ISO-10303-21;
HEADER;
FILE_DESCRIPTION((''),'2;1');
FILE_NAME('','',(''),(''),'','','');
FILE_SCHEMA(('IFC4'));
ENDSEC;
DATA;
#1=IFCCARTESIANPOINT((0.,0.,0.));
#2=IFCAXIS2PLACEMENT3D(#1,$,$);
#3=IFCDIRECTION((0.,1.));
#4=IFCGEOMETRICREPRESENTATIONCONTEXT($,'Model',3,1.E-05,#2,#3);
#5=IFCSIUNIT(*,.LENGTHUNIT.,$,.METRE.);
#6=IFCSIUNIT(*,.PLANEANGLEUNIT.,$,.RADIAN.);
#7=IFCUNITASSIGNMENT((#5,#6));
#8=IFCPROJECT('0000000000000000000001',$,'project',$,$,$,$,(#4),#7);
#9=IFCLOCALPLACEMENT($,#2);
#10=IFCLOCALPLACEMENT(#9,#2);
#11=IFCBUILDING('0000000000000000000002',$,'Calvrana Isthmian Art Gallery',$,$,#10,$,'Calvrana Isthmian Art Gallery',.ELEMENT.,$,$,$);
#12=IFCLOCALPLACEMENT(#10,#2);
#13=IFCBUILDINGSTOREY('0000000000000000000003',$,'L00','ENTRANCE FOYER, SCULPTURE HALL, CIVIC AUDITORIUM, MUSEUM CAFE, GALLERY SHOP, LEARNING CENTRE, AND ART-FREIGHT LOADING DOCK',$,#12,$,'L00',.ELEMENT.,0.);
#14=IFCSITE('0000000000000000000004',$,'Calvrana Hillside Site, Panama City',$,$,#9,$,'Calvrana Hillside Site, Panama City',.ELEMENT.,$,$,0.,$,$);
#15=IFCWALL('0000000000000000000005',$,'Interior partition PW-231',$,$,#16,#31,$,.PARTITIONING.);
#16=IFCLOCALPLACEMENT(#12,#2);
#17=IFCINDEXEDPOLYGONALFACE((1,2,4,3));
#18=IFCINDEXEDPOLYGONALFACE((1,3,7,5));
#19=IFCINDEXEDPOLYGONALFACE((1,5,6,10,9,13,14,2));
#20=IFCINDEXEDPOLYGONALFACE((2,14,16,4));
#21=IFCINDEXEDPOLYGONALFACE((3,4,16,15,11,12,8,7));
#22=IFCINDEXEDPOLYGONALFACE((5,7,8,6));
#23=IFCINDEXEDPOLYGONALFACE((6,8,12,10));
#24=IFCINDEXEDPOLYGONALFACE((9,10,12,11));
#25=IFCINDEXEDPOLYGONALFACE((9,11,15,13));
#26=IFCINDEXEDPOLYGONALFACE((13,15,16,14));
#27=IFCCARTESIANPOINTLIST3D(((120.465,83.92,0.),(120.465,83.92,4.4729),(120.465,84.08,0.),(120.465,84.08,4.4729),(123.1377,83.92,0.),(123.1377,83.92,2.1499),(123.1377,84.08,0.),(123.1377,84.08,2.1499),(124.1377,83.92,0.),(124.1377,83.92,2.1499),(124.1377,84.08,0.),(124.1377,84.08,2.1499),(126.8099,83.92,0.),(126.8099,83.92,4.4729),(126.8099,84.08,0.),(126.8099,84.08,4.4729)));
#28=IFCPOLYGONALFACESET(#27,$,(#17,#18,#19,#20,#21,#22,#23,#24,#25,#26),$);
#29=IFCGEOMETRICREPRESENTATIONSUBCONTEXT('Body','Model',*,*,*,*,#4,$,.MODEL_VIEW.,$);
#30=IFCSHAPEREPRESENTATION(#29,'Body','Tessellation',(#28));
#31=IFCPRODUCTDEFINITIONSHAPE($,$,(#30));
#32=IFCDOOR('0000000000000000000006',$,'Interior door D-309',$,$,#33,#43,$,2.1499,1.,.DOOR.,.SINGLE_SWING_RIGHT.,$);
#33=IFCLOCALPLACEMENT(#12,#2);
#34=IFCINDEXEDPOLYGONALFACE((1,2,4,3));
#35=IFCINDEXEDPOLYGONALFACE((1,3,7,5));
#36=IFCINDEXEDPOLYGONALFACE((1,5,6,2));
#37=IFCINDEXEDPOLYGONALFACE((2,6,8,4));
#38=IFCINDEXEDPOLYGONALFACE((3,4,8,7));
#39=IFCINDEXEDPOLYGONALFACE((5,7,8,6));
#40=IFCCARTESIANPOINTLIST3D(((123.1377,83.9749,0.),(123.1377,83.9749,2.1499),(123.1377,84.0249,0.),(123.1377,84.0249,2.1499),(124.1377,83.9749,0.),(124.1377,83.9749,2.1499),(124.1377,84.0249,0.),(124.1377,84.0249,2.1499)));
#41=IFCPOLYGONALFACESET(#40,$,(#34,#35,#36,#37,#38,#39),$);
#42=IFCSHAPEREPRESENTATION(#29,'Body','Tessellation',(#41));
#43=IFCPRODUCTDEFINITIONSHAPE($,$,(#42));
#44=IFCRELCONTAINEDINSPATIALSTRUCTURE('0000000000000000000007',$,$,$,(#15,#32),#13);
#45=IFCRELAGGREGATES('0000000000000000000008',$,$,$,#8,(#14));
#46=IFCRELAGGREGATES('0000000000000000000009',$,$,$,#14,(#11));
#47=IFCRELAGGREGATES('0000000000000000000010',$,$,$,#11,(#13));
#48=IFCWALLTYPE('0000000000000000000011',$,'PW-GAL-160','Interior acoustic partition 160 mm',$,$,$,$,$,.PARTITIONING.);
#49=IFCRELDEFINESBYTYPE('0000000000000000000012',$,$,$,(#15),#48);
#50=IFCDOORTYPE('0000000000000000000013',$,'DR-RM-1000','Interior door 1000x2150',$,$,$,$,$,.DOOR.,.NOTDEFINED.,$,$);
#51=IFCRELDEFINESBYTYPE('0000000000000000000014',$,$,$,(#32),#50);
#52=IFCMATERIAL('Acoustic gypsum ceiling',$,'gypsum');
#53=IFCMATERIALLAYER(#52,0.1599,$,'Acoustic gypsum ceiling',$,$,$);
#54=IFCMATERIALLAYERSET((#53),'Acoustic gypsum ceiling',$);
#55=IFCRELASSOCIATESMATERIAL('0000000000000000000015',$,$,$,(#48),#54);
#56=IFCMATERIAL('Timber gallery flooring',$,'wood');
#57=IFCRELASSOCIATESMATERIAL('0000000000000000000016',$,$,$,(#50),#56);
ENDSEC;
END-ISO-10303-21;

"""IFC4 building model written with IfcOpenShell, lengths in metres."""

from ifc_helpers import new_model, si_unit, direction, frame, frame_2d, origin, place, context, subcontext, project, spatial, rectangle, extrude, material, layer, layer_set, type_object, element, fill, save


model = new_model("IFC4")

# Units and contexts
model_context = context("Model", 3, precision=1e-05, world=origin(), true_north=direction((0.0, 1.0)))
body_context = subcontext(model_context, "Body", "Model", "MODEL_VIEW")
ifc_project = project(units=[si_unit("LENGTHUNIT", "METRE"), si_unit("PLANEANGLEUNIT", "RADIAN")], contexts=[model_context])

# Site, building, storey
site_placement = place(None, origin())
site = spatial("IfcSite", under=ifc_project, at=site_placement, Name="Calvrana Hillside Site, Panama City", LongName="Calvrana Hillside Site, Panama City", CompositionType="ELEMENT", RefElevation=0.0)
building_placement = place(site_placement, origin())
building = spatial("IfcBuilding", under=site, at=building_placement, Name="Calvrana Isthmian Art Gallery", LongName="Calvrana Isthmian Art Gallery", CompositionType="ELEMENT")
storey_placement = place(building_placement, origin())
storey = spatial("IfcBuildingStorey", under=building, at=storey_placement, Name="L00", Description="ENTRANCE FOYER, SCULPTURE HALL, CIVIC AUDITORIUM, MUSEUM CAFE, GALLERY SHOP, LEARNING CENTRE, AND ART-FREIGHT LOADING DOCK", LongName="L00", CompositionType="ELEMENT", Elevation=0.0)

# Shared definitions
ifc_material_1 = material(Name="Acoustic gypsum ceiling", Category="gypsum")
ifc_layer_1 = layer(ifc_material_1, 0.1599, Name="Acoustic gypsum ceiling")
ifc_layer_set_1 = layer_set([ifc_layer_1], Name="Acoustic gypsum ceiling")
wall_type = type_object("IfcWallType", Name="PW-GAL-160", Description="Interior acoustic partition 160 mm", PredefinedType="PARTITIONING", material=ifc_layer_set_1)

# Wall, opening, door
wall_1_placement = place(storey_placement, frame((120.4651, 84.0, 0.0), z_axis=(0.0, 0.0, 1.0), x_axis=(1.0, 0.0, 0.0)))
wall_1 = element("IfcWall", 1, at=wall_1_placement, inside=storey, type_object=wall_type, Name="Interior partition PW-231", PredefinedType="PARTITIONING", context=body_context, shape_type="SweptSolid", body=[
    extrude(rectangle(XDim=6.345, YDim=0.1599, at=frame_2d((3.1724, 0.0))), origin(), (0.0, 0.0, 1.0), 4.4729),
])
opening_placement = place(wall_1_placement, frame((2.6726, 0.0, 0.0)))
opening = element("IfcOpeningElement", 2, at=opening_placement, cuts=wall_1, PredefinedType="OPENING", context=body_context, shape_type="SweptSolid", body=[
    extrude(rectangle(XDim=1.0, YDim=2.1499, at=frame_2d((0.5, 1.075))), frame((0.0, 0.0903, 0.0), z_axis=(0.0, -1.0, 0.0), x_axis=(1.0, 0.0, 0.0)), (0.0, 0.0, 1.0), 0.1804),
])
ifc_material_2 = material(Name="Timber gallery flooring", Category="wood")
door_type = type_object("IfcDoorType", Name="DR-RM-1000", Description="Interior door 1000x2150", OperationType="NOTDEFINED", PredefinedType="DOOR", material=ifc_material_2)
door_placement = place(opening_placement, origin())
door = element("IfcDoor", 3, at=door_placement, inside=storey, type_object=door_type, Name="Interior door D-309", OperationType="SINGLE_SWING_RIGHT", OverallHeight=2.1499, OverallWidth=1.0, PredefinedType="DOOR", context=body_context, shape_type="SweptSolid", body=[
    extrude(rectangle(XDim=1.0, YDim=2.1499, at=frame_2d((0.5, 1.075))), frame((0.0, 0.0249, 0.0), z_axis=(0.0, -1.0, 0.0), x_axis=(1.0, 0.0, 0.0)), (0.0, 0.0, 1.0), 0.05),
])
fill(opening, door)

save(model, "model.ifc")
